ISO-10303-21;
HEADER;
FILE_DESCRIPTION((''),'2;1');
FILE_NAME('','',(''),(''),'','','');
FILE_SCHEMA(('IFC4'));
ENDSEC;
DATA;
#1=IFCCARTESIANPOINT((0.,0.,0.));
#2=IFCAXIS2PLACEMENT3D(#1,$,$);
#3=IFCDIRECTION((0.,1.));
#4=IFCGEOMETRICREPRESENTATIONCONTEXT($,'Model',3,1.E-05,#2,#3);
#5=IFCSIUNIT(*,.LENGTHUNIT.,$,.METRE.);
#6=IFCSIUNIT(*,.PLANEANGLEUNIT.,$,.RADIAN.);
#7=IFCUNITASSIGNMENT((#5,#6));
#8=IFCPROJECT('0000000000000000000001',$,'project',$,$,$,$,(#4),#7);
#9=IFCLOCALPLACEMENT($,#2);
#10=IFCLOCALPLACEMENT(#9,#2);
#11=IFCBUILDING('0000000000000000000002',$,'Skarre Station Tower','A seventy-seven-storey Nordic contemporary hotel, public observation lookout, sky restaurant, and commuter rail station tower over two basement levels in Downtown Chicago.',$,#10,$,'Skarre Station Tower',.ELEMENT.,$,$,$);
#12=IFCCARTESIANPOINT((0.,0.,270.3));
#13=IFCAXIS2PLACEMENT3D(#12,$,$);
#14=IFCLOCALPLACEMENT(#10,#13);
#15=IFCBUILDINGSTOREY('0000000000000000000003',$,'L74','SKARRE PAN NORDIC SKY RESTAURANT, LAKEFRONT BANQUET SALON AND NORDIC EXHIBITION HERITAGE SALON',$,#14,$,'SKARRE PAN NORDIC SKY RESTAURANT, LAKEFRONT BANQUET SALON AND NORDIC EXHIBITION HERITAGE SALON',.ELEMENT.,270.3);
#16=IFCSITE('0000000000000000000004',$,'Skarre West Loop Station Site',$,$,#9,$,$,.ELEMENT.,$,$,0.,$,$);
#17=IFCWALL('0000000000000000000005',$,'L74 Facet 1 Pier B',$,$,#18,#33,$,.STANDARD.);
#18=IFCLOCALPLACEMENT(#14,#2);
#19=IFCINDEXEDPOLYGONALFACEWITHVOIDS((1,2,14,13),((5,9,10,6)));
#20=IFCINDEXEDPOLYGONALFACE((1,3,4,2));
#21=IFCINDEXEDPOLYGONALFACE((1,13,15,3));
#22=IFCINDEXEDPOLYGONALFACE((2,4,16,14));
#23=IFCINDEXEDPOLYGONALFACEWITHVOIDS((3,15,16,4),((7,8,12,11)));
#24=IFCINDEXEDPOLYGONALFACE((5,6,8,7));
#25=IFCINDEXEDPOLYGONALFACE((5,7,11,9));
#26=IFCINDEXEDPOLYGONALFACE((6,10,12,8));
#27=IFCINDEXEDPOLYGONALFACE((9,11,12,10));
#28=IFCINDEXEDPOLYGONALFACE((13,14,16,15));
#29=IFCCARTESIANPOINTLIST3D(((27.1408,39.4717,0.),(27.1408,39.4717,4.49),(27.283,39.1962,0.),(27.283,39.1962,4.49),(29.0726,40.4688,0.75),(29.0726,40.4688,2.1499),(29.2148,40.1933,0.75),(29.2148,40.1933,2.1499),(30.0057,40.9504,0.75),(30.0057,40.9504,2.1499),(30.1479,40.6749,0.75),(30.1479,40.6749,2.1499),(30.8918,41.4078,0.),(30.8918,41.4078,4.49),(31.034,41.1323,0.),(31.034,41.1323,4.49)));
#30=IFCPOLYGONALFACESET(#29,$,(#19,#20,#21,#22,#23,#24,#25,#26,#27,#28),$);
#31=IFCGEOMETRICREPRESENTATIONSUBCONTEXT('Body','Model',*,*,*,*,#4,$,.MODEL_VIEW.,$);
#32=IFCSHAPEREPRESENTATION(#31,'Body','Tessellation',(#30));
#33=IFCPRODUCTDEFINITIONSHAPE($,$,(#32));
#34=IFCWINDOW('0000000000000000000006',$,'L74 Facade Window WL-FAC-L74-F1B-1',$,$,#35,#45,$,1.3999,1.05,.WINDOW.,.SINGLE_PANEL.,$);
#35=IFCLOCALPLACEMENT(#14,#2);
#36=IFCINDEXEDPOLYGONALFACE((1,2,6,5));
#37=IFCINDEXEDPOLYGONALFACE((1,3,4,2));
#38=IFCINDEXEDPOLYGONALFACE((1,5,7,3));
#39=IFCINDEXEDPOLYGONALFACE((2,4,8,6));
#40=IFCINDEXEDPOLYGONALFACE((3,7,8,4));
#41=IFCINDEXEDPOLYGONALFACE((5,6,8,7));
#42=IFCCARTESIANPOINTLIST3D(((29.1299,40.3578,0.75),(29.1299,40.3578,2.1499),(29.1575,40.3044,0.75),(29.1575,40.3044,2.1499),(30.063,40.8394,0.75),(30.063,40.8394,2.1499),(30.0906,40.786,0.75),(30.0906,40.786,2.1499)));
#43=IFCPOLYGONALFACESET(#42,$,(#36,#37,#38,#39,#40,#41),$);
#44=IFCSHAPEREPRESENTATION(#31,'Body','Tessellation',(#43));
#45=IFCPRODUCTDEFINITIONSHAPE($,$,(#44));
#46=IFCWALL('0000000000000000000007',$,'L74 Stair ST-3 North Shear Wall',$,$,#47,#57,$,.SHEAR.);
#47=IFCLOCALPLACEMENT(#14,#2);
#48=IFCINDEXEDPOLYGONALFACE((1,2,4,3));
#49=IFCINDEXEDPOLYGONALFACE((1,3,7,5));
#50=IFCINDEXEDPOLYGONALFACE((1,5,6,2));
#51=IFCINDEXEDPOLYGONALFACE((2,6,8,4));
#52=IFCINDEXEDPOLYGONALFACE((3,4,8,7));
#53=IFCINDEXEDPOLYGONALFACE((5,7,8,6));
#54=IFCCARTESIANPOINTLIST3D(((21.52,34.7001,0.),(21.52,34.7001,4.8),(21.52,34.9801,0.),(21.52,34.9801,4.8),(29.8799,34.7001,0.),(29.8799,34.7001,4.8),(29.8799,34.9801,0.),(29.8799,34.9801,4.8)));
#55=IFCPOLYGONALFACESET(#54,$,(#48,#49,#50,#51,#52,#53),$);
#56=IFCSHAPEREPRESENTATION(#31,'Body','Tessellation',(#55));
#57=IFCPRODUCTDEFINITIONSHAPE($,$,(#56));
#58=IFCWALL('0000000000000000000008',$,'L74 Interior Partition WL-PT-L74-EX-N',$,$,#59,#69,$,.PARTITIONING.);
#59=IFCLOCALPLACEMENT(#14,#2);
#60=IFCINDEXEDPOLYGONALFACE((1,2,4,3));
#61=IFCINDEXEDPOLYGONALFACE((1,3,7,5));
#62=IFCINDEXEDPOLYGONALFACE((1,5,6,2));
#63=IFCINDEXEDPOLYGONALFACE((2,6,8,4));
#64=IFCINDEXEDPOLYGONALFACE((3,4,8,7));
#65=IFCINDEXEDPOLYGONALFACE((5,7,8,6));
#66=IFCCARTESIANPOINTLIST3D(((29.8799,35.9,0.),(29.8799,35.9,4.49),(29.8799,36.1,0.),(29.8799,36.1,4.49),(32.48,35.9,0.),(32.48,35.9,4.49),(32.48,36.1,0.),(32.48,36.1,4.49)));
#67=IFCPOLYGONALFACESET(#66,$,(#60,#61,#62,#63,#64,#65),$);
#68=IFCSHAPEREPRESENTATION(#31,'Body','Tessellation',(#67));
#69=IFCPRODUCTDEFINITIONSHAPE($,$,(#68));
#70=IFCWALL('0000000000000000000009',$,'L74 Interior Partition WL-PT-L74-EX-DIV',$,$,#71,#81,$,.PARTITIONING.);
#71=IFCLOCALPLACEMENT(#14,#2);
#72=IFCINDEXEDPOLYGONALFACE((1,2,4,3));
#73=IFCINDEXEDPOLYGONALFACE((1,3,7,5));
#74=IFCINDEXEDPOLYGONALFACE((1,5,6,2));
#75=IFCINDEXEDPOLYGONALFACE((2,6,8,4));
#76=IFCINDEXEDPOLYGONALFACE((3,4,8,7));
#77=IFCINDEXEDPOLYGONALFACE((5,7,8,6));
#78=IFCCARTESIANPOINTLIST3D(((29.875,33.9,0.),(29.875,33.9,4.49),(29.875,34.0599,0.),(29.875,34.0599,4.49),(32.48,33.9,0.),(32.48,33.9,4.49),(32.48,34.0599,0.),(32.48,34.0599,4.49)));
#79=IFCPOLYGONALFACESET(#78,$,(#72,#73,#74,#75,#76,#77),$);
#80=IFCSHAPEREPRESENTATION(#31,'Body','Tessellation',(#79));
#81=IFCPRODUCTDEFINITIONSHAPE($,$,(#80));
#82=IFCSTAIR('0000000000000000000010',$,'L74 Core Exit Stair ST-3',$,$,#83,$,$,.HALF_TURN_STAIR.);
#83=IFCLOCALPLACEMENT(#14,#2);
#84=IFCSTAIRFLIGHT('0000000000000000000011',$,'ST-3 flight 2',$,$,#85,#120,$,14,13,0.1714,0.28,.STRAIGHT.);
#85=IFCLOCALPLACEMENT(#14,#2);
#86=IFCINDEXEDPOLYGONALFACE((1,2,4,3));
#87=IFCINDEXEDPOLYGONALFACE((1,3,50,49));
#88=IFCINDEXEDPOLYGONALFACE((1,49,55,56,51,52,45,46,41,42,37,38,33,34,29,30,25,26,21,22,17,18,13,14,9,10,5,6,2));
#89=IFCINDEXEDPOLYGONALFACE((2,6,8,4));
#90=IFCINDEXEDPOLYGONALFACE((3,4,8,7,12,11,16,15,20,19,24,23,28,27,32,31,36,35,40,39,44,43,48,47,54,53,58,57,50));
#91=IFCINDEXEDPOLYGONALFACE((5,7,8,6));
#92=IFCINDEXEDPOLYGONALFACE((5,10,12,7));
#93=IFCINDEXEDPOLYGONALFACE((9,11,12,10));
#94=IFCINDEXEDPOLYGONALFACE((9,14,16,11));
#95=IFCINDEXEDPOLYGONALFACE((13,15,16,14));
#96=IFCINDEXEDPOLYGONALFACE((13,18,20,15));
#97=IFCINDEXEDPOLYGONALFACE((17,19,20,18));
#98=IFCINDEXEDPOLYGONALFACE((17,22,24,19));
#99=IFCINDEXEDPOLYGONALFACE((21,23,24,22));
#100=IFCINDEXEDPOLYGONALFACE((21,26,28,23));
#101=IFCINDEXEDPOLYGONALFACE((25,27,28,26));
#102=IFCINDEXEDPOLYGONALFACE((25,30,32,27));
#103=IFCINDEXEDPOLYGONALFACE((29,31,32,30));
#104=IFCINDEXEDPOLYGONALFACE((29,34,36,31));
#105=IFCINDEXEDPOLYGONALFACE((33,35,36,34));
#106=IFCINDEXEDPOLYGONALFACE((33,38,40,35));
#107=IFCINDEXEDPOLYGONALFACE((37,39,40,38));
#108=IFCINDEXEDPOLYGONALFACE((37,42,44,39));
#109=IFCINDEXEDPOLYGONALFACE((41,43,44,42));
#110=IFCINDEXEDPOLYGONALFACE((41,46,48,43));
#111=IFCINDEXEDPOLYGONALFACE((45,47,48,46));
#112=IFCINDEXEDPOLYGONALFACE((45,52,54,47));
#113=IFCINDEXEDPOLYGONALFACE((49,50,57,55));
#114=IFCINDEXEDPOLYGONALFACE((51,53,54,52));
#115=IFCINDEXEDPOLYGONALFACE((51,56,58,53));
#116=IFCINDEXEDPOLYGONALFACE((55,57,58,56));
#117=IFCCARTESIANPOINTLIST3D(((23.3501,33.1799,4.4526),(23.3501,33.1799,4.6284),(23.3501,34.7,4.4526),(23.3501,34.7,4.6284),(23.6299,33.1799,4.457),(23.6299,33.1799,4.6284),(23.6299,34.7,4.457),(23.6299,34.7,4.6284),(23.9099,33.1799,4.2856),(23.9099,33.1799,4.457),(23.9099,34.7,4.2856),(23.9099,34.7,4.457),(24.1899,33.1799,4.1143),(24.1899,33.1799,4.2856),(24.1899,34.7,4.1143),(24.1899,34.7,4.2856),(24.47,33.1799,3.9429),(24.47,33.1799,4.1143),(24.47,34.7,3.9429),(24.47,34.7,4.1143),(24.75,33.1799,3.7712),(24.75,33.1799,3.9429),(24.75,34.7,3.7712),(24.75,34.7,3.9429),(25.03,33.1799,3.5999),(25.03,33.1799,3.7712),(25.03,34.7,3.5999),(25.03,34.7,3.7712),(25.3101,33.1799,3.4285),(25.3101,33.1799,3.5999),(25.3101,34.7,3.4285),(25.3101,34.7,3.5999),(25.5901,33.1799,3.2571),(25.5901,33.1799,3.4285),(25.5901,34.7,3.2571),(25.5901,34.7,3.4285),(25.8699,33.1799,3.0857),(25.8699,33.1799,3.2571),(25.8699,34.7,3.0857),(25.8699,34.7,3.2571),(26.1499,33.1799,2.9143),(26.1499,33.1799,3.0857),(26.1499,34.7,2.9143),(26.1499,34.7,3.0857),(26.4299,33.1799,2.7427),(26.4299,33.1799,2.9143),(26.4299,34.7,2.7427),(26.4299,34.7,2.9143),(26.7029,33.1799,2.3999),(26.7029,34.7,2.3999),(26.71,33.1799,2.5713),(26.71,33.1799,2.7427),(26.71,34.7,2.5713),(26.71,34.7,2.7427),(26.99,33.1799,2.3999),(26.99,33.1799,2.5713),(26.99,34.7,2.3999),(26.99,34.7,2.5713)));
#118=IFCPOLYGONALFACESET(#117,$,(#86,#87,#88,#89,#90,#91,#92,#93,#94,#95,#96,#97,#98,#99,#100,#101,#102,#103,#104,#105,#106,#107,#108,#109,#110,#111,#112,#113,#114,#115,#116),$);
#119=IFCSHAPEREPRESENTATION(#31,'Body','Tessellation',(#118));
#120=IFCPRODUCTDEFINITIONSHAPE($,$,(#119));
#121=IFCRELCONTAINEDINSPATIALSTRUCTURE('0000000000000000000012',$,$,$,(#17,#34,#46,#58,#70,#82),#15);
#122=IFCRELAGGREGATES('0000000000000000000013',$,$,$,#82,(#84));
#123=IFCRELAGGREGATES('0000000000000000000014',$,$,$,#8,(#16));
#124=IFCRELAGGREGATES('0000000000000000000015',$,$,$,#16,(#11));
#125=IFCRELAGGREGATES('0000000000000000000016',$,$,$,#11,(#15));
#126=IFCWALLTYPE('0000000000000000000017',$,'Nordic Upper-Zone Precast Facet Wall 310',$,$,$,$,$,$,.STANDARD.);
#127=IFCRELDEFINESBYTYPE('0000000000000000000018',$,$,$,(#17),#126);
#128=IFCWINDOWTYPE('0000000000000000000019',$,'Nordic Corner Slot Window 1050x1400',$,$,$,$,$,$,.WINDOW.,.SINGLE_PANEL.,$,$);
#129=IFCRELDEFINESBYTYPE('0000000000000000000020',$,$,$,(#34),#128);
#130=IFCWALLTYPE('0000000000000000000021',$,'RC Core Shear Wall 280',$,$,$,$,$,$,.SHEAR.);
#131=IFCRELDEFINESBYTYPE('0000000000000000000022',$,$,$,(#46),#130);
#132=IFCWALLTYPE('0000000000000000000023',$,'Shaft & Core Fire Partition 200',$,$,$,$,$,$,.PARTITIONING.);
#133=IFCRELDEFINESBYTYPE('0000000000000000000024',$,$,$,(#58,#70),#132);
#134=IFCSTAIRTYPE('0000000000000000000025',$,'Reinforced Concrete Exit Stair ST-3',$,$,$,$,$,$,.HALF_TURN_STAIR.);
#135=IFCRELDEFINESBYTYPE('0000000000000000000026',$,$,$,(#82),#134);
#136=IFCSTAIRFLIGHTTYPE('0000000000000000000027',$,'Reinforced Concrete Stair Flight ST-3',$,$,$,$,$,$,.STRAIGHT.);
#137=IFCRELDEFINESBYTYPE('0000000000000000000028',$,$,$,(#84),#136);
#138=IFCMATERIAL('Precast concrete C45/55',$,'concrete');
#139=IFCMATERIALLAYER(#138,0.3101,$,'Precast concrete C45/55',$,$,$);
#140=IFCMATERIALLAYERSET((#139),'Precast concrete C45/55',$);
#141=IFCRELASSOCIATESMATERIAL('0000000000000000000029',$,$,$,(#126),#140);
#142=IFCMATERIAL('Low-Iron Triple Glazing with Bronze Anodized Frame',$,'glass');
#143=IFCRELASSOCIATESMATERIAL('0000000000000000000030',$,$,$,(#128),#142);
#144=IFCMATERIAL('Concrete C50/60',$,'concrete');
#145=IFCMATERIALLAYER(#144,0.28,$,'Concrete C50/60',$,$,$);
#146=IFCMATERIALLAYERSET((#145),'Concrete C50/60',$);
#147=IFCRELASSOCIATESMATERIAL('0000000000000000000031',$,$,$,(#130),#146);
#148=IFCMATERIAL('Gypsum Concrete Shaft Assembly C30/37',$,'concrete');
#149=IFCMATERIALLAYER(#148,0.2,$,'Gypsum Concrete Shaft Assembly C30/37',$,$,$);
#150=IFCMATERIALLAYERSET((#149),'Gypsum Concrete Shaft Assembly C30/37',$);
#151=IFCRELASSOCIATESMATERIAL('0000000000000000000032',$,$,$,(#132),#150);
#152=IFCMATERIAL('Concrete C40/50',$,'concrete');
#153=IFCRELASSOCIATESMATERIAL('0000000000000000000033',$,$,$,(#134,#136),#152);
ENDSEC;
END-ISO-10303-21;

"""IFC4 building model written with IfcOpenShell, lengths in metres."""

from ifc_helpers import new_model, si_unit, direction, frame, frame_2d, origin, place, context, subcontext, project, spatial, polyline, rectangle, outline, extrude, material, layer, layer_set, type_object, element, fill, aggregate, save


model = new_model("IFC4")

# Units and contexts
model_context = context("Model", 3, precision=1e-05, world=origin(), true_north=direction((0.0, 1.0)))
body_context = subcontext(model_context, "Body", "Model", "MODEL_VIEW")
ifc_project = project(units=[si_unit("LENGTHUNIT", "METRE"), si_unit("PLANEANGLEUNIT", "RADIAN")], contexts=[model_context])

# Site, building, storey
site_placement = place(None, origin())
site = spatial("IfcSite", under=ifc_project, at=site_placement, Name="Skarre West Loop Station Site", CompositionType="ELEMENT", RefElevation=0.0)
building_placement = place(site_placement, origin())
building = spatial("IfcBuilding", under=site, at=building_placement, Name="Skarre Station Tower", Description="A seventy-seven-storey Nordic contemporary hotel, public observation lookout, sky restaurant, and commuter rail station tower over two basement levels in Downtown Chicago.", LongName="Skarre Station Tower", CompositionType="ELEMENT")
storey_placement = place(building_placement, frame((0.0, 0.0, 270.3)))
storey = spatial("IfcBuildingStorey", under=building, at=storey_placement, Name="L74", Description="SKARRE PAN NORDIC SKY RESTAURANT, LAKEFRONT BANQUET SALON AND NORDIC EXHIBITION HERITAGE SALON", LongName="SKARRE PAN NORDIC SKY RESTAURANT, LAKEFRONT BANQUET SALON AND NORDIC EXHIBITION HERITAGE SALON", CompositionType="ELEMENT", Elevation=270.3)

# Shared definitions
ifc_material_1 = material(Name="Concrete C50/60", Category="concrete")

# Shared definitions
ifc_material_2 = material(Name="Precast concrete C45/55", Category="concrete")

# Wall, opening, window
ifc_layer_1 = layer(ifc_material_2, 0.3101, Name="Precast concrete C45/55")
ifc_layer_set_1 = layer_set([ifc_layer_1], Name="Precast concrete C45/55")
wall_type_1 = type_object("IfcWallType", Name="Nordic Upper-Zone Precast Facet Wall 310", PredefinedType="STANDARD", material=ifc_layer_set_1)
wall_1_placement = place(storey_placement, frame((27.2119, 39.334, 0.0), z_axis=(0.0, 0.0, 1.0), x_axis=(0.888616, 0.458652, 0.0)))
wall_1 = element("IfcWall", 1, at=wall_1_placement, inside=storey, type_object=wall_type_1, Name="L74 Facet 1 Pier B", PredefinedType="STANDARD", context=body_context, shape_type="SweptSolid", body=[
    extrude(rectangle(XDim=4.2212, YDim=0.3101, at=frame_2d((2.1106, 0.0))), origin(), (0.0, 0.0, 1.0), 4.49),
])
opening_placement = place(wall_1_placement, frame((2.1741, 0.0, 0.75)))
opening = element("IfcOpeningElement", 2, at=opening_placement, cuts=wall_1, PredefinedType="OPENING", context=body_context, shape_type="SweptSolid", body=[
    extrude(rectangle(XDim=1.05, YDim=1.3999, at=frame_2d((0.5249, 0.7))), frame((0.0, 0.165, 0.0), z_axis=(0.0, -1.0, 0.0), x_axis=(1.0, 0.0, 0.0)), (0.0, 0.0, 1.0), 0.3301),
])
ifc_material_3 = material(Name="Low-Iron Triple Glazing with Bronze Anodized Frame", Category="glass")
window_type = type_object("IfcWindowType", Name="Nordic Corner Slot Window 1050x1400", PartitioningType="SINGLE_PANEL", PredefinedType="WINDOW", material=ifc_material_3)
window_placement = place(opening_placement, origin())
window = element("IfcWindow", 3, at=window_placement, inside=storey, type_object=window_type, Name="L74 Facade Window WL-FAC-L74-F1B-1", OverallHeight=1.3999, OverallWidth=1.05, PartitioningType="SINGLE_PANEL", PredefinedType="WINDOW", context=body_context, shape_type="SweptSolid", body=[
    extrude(rectangle(XDim=1.05, YDim=1.3999, at=frame_2d((0.5249, 0.7))), frame((0.0, 0.03, 0.0), z_axis=(0.0, -1.0, 0.0), x_axis=(1.0, 0.0, 0.0)), (0.0, 0.0, 1.0), 0.0601),
])
fill(opening, window)

# Walls
ifc_layer_2 = layer(ifc_material_1, 0.28, Name="Concrete C50/60")
ifc_layer_set_2 = layer_set([ifc_layer_2], Name="Concrete C50/60")
wall_type_2 = type_object("IfcWallType", Name="RC Core Shear Wall 280", PredefinedType="SHEAR", material=ifc_layer_set_2)
wall_2_placement = place(storey_placement, frame((29.8799, 34.8401, 0.0), z_axis=(0.0, 0.0, 1.0), x_axis=(-1.0, 0.0, 0.0)))
element("IfcWall", 4, at=wall_2_placement, inside=storey, type_object=wall_type_2, Name="L74 Stair ST-3 North Shear Wall", PredefinedType="SHEAR", context=body_context, shape_type="SweptSolid", body=[
    extrude(rectangle(XDim=8.3599, YDim=0.28, at=frame_2d((4.1799, 0.0))), origin(), (0.0, 0.0, 1.0), 4.8),
])
ifc_material_4 = material(Name="Gypsum Concrete Shaft Assembly C30/37", Category="concrete")
ifc_layer_3 = layer(ifc_material_4, 0.2, Name="Gypsum Concrete Shaft Assembly C30/37")
ifc_layer_set_3 = layer_set([ifc_layer_3], Name="Gypsum Concrete Shaft Assembly C30/37")
wall_type_3 = type_object("IfcWallType", Name="Shaft & Core Fire Partition 200", PredefinedType="PARTITIONING", material=ifc_layer_set_3)
wall_3_placement = place(storey_placement, frame((29.8799, 36.0, 0.0), z_axis=(0.0, 0.0, 1.0), x_axis=(1.0, 0.0, 0.0)))
element("IfcWall", 5, at=wall_3_placement, inside=storey, type_object=wall_type_3, Name="L74 Interior Partition WL-PT-L74-EX-N", PredefinedType="PARTITIONING", context=body_context, shape_type="SweptSolid", body=[
    extrude(rectangle(XDim=2.6001, YDim=0.2, at=frame_2d((1.3, 0.0))), origin(), (0.0, 0.0, 1.0), 4.49),
])
wall_4_placement = place(storey_placement, frame((29.875, 33.98, 0.0), z_axis=(0.0, 0.0, 1.0), x_axis=(1.0, 0.0, 0.0)))
element("IfcWall", 6, at=wall_4_placement, inside=storey, type_object=wall_type_3, Name="L74 Interior Partition WL-PT-L74-EX-DIV", PredefinedType="PARTITIONING", context=body_context, shape_type="SweptSolid", body=[
    extrude(rectangle(XDim=2.605, YDim=0.1599, at=frame_2d((1.3025, 0.0))), origin(), (0.0, 0.0, 1.0), 4.49),
])

# Stair, stair flight
ifc_material_5 = material(Name="Concrete C40/50", Category="concrete")
stair_type = type_object("IfcStairType", Name="Reinforced Concrete Exit Stair ST-3", PredefinedType="HALF_TURN_STAIR", material=ifc_material_5)
stair_placement = place(storey_placement, origin())
stair = element("IfcStair", 7, at=stair_placement, inside=storey, type_object=stair_type, Name="L74 Core Exit Stair ST-3", PredefinedType="HALF_TURN_STAIR")
stair_flight_type = type_object("IfcStairFlightType", Name="Reinforced Concrete Stair Flight ST-3", PredefinedType="STRAIGHT", material=ifc_material_5)
stair_flight_placement = place(storey_placement, frame((26.99, 33.9399, 2.3999), z_axis=(0.0, 0.0, 1.0), x_axis=(-1.0, 0.0, 0.0)))
stair_flight = element("IfcStairFlight", 8, at=stair_flight_placement, type_object=stair_flight_type, Name="ST-3 flight 2", NumberOfRisers=14, NumberOfTreads=13, PredefinedType="STRAIGHT", RiserHeight=0.1714, TreadLength=0.28, context=body_context, shape_type="SweptSolid", body=[
    extrude(outline(polyline([(0.0, 0.0), (0.0, 0.1714), (0.28, 0.1714), (0.28, 0.3428), (0.5601, 0.3428), (0.5601, 0.5144), (0.8401, 0.5144), (0.8401, 0.6858), (1.1201, 0.6858), (1.1201, 0.8572), (1.3999, 0.8572), (1.3999, 1.0286), (1.6799, 1.0286), (1.6799, 1.2), (1.96, 1.2), (1.96, 1.3713), (2.24, 1.3713), (2.24, 1.543), (2.52, 1.543), (2.52, 1.7144), (2.8, 1.7144), (2.8, 1.8857), (3.0801, 1.8857), (3.0801, 2.0571), (3.3601, 2.0571), (3.3601, 2.2285), (3.6399, 2.2285), (3.6399, 2.3999), (3.6399, 2.0527), (0.2871, 0.0), (0.0, 0.0)])), frame((0.0, 0.76, 0.0), z_axis=(0.0, -1.0, 0.0), x_axis=(1.0, 0.0, 0.0)), (0.0, 0.0, 1.0), 1.52),
])
aggregate(stair, [stair_flight])

save(model, "model.ifc")
